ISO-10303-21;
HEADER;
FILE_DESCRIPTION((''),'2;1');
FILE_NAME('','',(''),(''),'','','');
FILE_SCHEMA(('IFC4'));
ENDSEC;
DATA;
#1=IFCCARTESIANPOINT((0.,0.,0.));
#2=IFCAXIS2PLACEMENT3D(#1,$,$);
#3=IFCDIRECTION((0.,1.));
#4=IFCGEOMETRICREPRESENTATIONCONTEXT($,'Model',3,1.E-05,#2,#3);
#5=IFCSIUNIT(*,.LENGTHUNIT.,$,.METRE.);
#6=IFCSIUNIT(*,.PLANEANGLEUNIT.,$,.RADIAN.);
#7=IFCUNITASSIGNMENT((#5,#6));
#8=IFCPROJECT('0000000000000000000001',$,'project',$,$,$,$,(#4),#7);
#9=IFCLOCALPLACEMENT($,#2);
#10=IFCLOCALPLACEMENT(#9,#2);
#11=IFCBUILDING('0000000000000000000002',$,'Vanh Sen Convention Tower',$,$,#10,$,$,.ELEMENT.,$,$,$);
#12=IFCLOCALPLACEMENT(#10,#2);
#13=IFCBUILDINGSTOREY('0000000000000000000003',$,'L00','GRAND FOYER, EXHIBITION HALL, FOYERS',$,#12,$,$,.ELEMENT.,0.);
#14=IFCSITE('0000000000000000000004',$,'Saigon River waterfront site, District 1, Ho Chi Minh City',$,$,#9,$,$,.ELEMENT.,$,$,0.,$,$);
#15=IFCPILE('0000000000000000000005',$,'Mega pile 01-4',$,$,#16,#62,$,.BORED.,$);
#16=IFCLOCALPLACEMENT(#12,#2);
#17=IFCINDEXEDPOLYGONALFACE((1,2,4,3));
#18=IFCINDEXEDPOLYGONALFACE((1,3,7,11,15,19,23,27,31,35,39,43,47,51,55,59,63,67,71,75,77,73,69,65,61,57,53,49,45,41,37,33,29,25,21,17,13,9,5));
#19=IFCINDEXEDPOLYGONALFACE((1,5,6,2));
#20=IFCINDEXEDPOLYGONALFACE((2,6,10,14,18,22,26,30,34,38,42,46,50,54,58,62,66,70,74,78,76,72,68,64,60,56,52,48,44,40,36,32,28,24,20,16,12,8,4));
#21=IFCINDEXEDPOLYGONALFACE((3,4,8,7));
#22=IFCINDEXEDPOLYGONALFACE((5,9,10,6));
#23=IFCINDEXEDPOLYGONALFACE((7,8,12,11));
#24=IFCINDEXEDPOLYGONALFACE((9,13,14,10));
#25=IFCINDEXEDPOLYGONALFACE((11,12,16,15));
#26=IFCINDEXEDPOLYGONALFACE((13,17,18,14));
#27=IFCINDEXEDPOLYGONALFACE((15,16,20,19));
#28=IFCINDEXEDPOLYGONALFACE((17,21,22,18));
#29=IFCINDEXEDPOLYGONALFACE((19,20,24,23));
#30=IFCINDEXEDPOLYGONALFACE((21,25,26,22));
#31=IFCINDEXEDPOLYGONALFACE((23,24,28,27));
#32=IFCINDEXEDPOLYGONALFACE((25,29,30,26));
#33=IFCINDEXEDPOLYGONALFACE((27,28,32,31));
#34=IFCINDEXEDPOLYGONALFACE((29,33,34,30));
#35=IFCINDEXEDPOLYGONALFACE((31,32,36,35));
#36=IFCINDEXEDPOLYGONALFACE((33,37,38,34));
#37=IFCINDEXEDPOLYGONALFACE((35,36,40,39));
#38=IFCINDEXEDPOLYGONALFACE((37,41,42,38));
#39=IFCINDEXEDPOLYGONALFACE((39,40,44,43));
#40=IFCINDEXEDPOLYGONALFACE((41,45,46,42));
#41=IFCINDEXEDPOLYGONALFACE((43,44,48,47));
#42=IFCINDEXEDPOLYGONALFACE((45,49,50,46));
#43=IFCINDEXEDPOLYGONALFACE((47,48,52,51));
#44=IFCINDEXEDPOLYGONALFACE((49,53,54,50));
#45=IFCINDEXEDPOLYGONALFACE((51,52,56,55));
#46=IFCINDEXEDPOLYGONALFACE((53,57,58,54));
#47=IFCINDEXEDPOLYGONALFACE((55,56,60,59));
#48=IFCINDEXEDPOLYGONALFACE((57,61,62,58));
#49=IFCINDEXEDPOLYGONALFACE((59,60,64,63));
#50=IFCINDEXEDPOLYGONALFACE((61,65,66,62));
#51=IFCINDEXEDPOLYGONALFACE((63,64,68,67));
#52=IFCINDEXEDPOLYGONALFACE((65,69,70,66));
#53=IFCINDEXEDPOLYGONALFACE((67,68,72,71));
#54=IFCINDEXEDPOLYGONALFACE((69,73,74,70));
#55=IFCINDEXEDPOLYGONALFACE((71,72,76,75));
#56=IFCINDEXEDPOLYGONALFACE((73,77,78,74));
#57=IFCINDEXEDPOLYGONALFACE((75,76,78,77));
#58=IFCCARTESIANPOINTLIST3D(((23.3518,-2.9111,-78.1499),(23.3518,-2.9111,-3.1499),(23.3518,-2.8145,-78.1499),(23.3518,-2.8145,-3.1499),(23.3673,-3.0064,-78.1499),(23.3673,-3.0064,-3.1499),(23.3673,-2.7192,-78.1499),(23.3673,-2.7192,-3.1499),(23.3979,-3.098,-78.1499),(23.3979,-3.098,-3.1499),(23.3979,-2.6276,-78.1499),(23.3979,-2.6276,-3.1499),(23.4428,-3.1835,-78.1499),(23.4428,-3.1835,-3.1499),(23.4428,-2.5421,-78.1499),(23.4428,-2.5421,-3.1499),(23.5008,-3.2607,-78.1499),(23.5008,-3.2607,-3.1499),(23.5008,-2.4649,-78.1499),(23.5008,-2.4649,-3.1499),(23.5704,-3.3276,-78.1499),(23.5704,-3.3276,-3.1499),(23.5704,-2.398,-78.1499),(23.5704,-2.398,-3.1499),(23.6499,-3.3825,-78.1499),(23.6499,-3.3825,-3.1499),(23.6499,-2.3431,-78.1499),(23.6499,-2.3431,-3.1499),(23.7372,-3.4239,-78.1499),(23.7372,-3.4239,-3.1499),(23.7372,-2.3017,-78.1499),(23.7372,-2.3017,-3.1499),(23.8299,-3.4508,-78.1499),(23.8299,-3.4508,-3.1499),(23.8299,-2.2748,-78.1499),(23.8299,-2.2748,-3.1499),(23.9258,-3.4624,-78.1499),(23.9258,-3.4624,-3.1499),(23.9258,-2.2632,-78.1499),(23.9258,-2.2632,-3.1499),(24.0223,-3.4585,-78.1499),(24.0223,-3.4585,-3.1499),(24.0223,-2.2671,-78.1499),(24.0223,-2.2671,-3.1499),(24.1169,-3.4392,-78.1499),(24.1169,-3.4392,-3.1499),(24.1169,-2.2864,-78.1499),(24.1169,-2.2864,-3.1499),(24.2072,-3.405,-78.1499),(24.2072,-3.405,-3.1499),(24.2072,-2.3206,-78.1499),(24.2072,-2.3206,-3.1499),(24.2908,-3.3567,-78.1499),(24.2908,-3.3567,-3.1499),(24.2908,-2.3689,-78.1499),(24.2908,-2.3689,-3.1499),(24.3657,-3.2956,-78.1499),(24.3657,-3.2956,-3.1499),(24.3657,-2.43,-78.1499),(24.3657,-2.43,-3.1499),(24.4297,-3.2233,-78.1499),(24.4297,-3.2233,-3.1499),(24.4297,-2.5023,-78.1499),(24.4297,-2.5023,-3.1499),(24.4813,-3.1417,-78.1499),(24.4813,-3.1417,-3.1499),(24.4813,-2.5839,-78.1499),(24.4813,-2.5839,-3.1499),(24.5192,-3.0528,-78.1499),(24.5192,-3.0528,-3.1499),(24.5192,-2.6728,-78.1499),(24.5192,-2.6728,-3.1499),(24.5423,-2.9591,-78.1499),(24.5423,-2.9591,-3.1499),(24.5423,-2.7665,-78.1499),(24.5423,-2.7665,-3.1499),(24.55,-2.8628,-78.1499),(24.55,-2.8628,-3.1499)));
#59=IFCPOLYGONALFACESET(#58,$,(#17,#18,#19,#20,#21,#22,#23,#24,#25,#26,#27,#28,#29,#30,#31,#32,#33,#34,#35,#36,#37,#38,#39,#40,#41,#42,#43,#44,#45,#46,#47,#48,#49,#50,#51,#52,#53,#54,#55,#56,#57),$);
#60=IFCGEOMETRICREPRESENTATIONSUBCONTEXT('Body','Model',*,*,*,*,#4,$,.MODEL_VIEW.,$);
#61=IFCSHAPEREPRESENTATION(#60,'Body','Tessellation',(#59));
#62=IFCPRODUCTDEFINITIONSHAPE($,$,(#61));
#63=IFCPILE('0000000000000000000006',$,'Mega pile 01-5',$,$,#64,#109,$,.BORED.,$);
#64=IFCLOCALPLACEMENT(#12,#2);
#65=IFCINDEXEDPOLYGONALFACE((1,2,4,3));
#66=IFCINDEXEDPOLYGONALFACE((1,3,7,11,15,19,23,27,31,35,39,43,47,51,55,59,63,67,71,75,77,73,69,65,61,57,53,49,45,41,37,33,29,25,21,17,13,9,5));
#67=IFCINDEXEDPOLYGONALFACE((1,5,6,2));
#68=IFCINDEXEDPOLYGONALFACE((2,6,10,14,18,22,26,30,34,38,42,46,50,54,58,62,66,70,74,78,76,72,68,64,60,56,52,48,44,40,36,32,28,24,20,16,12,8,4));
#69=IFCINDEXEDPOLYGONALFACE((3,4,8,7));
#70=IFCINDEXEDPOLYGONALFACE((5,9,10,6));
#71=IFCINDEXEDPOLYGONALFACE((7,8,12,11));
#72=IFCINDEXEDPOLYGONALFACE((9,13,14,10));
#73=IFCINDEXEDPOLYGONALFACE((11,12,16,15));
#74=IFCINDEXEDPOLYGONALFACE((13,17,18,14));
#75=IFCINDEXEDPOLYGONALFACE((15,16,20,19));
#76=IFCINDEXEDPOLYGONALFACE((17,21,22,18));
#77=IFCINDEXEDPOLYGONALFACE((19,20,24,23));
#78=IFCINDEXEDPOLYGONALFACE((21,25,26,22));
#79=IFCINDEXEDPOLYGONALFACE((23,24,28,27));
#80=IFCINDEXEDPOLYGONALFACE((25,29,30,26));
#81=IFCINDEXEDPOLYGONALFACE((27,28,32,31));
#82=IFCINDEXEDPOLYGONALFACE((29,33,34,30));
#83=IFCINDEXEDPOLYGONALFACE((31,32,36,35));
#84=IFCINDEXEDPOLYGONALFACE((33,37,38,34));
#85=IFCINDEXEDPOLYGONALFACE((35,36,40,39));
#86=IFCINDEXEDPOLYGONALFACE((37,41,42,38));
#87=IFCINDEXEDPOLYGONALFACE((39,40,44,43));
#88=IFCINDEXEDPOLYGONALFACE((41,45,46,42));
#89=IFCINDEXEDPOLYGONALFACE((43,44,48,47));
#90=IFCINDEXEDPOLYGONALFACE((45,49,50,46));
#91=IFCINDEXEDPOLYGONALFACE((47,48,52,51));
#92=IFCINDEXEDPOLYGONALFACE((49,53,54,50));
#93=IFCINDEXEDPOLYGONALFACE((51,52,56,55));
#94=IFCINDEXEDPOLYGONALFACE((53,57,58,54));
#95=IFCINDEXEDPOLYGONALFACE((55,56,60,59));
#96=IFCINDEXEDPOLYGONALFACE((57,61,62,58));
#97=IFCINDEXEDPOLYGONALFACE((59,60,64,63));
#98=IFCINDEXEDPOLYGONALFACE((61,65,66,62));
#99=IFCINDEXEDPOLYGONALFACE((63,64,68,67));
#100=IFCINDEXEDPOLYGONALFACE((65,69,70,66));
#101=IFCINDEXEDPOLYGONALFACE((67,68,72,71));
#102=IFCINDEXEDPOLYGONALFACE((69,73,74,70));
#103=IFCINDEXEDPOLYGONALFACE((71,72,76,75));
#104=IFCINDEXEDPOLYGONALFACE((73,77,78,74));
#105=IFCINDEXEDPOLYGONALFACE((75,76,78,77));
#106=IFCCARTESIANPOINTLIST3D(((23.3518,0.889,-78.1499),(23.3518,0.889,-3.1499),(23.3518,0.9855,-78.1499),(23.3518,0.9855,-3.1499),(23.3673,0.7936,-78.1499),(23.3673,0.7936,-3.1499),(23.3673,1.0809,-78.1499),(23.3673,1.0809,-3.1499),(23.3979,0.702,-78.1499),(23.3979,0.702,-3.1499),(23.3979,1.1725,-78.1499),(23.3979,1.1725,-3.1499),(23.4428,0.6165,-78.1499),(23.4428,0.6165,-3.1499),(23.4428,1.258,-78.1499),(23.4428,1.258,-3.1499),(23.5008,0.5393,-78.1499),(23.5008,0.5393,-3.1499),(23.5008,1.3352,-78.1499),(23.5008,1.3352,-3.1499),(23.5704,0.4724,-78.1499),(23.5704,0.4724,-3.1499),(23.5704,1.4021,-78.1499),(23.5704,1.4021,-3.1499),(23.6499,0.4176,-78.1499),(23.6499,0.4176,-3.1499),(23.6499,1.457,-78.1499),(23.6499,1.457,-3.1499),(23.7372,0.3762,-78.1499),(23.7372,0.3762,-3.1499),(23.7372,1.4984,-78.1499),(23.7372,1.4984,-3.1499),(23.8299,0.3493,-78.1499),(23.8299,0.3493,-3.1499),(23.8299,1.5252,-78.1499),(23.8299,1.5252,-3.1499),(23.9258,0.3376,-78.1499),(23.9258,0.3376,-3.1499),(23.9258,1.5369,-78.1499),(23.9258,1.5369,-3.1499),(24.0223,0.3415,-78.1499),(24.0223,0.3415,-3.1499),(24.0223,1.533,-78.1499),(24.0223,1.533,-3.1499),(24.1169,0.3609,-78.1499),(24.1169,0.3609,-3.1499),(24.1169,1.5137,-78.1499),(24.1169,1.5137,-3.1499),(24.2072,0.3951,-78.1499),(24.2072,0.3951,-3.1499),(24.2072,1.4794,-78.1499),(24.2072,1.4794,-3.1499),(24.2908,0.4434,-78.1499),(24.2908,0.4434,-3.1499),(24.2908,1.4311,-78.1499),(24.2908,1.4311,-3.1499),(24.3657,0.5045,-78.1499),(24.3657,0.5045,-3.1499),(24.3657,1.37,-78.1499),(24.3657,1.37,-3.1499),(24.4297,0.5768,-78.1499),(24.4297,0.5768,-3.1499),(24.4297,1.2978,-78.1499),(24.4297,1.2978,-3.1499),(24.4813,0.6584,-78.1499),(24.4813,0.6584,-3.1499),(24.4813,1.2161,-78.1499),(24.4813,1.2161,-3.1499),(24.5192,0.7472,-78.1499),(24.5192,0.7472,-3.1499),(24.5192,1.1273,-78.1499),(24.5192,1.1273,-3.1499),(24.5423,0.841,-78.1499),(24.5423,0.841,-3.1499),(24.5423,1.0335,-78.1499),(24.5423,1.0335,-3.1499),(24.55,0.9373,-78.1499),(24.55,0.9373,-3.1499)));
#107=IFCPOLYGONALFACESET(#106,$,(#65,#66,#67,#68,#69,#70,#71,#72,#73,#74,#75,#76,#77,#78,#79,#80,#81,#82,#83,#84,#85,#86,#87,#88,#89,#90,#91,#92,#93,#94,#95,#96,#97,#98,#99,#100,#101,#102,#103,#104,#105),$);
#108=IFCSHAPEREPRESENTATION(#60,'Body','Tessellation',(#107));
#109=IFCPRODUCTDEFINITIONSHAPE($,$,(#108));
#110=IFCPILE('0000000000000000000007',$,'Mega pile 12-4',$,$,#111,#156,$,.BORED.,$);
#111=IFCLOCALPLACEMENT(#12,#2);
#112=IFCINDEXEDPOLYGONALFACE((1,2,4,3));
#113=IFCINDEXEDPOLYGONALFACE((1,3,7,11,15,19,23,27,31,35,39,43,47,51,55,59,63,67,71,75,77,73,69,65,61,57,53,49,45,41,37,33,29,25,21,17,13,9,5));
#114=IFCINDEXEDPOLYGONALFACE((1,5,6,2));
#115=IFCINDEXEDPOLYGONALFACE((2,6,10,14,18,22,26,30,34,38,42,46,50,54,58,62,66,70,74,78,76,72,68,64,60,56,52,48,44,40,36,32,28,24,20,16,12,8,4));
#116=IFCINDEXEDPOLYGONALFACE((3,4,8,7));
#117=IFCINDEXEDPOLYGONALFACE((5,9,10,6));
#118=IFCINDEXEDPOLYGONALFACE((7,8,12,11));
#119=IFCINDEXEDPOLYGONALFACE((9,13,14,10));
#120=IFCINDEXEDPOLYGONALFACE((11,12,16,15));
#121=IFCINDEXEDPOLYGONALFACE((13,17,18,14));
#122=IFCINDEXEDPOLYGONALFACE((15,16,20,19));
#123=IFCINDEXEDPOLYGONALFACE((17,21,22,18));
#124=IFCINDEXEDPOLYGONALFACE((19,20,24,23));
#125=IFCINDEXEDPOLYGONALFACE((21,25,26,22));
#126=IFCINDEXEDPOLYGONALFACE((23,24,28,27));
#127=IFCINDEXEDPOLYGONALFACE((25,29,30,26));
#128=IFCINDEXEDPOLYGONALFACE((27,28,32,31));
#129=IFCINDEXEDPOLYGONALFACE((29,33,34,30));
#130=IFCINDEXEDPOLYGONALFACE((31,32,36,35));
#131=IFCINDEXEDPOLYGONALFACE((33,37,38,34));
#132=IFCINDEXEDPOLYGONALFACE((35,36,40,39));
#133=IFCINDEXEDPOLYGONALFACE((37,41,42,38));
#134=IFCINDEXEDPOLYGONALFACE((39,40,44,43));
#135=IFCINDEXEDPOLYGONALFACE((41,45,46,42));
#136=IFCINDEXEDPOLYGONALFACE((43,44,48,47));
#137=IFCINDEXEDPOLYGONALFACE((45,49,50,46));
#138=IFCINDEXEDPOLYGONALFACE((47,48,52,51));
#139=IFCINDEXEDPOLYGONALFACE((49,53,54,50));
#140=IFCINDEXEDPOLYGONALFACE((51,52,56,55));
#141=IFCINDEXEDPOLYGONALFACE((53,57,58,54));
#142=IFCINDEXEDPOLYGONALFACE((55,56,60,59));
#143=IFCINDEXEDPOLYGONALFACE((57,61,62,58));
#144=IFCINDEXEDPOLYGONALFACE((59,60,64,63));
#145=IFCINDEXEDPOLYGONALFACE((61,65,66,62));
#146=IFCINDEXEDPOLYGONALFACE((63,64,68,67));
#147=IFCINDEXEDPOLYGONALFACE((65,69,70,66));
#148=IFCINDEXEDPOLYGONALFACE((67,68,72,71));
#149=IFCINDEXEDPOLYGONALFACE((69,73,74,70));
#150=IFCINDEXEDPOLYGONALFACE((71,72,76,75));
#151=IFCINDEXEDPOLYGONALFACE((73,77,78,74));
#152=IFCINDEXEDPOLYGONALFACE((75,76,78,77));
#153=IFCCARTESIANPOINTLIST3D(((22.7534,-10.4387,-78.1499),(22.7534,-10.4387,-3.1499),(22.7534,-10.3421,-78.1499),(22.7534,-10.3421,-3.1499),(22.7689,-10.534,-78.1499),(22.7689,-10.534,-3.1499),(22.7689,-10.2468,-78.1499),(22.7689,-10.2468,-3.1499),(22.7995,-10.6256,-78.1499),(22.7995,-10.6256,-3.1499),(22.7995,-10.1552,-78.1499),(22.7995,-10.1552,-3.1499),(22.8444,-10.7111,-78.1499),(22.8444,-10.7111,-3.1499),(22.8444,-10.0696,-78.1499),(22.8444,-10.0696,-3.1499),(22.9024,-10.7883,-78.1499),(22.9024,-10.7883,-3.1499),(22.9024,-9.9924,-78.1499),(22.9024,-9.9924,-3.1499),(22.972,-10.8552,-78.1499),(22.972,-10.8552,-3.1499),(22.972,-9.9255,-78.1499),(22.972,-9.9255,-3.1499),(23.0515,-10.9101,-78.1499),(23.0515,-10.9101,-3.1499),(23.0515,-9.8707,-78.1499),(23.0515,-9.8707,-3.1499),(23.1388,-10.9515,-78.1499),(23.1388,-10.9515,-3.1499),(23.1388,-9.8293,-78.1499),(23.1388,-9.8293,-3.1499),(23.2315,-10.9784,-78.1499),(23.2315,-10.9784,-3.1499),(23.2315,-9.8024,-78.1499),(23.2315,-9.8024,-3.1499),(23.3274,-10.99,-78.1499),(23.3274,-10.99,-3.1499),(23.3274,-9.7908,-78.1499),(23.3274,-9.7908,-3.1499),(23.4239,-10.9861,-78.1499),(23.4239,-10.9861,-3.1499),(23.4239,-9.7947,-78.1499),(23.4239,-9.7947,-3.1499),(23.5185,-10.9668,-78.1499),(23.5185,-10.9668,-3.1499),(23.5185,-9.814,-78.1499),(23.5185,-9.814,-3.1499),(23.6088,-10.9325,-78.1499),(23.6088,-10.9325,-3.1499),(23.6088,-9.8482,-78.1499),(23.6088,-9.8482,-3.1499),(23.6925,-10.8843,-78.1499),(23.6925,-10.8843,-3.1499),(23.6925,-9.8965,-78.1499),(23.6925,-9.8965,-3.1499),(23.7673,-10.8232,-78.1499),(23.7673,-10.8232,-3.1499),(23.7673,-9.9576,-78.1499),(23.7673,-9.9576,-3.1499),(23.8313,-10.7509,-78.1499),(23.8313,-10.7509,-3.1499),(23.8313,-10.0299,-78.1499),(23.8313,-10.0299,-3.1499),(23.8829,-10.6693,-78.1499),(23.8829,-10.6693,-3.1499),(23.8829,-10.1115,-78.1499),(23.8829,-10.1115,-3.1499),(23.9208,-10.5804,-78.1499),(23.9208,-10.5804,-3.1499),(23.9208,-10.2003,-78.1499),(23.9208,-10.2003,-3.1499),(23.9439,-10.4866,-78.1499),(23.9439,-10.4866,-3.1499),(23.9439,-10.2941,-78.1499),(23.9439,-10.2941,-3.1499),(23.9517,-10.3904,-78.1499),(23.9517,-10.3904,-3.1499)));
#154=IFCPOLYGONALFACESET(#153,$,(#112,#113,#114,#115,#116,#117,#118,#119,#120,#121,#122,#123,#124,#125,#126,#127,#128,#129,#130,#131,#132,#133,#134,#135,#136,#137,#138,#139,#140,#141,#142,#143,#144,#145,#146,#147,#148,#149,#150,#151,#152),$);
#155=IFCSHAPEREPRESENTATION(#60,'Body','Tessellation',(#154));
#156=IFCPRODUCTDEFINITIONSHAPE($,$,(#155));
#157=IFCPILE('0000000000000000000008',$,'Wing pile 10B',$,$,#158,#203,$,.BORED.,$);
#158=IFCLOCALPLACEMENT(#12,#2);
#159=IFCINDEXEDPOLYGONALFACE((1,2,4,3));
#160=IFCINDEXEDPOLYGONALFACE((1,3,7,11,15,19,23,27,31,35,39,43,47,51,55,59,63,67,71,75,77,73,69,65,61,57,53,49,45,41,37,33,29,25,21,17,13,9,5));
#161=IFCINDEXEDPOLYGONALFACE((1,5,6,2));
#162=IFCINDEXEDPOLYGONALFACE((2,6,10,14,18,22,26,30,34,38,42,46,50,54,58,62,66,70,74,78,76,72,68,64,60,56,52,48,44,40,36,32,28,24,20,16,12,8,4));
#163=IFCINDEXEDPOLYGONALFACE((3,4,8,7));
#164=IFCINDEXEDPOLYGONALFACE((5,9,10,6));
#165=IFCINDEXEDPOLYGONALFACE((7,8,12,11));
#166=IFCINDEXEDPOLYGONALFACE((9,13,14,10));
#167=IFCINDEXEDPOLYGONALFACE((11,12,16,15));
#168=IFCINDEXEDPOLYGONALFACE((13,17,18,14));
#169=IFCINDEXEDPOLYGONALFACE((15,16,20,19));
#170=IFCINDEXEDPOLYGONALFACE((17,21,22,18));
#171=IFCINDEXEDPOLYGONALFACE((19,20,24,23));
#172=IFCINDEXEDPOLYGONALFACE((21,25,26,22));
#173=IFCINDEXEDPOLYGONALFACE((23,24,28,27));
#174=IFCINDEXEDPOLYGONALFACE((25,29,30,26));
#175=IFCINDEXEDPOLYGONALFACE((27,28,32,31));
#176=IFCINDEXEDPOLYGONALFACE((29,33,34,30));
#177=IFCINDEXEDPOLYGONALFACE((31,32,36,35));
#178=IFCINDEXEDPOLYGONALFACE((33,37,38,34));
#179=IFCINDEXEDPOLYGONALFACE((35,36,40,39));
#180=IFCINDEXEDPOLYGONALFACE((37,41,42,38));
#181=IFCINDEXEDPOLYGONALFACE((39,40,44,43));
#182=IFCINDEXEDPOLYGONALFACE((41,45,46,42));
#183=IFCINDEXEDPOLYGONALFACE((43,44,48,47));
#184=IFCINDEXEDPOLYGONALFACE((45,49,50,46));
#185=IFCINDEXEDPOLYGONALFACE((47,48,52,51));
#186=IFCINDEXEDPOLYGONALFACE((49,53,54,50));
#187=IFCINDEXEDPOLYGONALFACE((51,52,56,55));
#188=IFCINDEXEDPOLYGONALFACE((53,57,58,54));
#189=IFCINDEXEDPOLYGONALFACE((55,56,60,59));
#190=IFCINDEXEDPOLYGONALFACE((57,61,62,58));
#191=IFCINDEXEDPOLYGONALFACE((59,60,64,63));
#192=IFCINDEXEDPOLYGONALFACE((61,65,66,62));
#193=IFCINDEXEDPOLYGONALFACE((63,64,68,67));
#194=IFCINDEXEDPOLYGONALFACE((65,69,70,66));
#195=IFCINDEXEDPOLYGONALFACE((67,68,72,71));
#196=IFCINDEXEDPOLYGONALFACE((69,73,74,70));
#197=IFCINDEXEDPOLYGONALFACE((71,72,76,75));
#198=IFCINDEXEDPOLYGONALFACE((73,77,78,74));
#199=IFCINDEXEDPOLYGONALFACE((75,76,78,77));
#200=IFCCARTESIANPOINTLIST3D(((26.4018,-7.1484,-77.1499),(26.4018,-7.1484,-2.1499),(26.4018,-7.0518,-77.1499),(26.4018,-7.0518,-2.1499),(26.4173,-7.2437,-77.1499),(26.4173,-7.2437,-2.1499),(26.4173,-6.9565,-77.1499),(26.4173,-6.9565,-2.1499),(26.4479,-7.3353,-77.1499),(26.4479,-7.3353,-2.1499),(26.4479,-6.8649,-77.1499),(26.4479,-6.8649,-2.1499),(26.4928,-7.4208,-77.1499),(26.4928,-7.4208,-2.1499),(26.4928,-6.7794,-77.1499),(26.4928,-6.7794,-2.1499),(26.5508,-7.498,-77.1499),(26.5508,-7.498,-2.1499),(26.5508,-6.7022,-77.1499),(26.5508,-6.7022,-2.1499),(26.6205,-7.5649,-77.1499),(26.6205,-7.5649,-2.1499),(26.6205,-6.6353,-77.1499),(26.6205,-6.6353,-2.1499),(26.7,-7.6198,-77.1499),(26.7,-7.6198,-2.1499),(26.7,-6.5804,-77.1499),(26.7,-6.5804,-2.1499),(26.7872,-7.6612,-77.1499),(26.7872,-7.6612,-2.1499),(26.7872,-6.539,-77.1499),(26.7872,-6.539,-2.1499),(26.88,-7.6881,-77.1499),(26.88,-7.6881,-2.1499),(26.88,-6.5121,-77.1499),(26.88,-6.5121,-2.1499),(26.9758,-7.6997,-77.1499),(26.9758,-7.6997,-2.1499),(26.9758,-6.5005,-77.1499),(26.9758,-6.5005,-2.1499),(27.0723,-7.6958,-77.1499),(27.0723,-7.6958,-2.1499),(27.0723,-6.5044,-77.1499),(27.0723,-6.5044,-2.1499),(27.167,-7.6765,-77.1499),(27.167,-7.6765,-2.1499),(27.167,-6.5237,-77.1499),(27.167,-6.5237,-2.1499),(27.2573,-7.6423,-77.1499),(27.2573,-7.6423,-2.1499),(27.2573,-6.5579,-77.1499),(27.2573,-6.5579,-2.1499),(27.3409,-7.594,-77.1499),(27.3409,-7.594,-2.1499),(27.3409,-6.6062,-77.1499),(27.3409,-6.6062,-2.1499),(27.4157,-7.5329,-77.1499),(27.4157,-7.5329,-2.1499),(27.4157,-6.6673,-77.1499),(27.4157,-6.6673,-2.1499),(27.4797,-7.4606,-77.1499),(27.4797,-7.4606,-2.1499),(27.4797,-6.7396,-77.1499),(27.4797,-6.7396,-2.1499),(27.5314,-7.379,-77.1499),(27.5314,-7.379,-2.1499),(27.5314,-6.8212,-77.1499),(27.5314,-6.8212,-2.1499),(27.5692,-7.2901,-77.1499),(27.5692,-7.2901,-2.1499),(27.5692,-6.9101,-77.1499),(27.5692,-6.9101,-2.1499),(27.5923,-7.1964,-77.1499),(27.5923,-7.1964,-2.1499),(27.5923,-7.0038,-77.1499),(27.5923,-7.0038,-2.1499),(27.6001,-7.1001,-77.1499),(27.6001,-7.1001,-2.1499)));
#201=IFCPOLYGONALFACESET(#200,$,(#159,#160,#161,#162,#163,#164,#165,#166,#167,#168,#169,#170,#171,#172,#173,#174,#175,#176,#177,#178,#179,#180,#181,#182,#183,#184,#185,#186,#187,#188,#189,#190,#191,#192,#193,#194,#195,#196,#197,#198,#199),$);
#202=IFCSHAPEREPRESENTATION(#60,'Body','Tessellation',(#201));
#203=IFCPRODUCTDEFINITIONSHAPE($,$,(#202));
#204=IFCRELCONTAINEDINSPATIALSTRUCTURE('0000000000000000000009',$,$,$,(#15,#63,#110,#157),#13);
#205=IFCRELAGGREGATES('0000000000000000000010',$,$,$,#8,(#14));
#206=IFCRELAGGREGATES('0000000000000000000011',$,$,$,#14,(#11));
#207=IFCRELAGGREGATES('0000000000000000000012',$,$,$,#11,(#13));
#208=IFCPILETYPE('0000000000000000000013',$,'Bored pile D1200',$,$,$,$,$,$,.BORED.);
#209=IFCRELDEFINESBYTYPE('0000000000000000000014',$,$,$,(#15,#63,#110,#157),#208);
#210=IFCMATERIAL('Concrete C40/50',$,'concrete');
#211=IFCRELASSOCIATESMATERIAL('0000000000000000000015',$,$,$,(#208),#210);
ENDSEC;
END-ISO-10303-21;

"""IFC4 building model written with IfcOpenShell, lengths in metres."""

from ifc_helpers import new_model, si_unit, direction, frame, origin, origin_2d, place, context, subcontext, project, spatial, circle, extrude, material, material_profile, profile_set, type_object, element, save


model = new_model("IFC4")

# Units and contexts
model_context = context("Model", 3, precision=1e-05, world=origin(), true_north=direction((0.0, 1.0)))
body_context = subcontext(model_context, "Body", "Model", "MODEL_VIEW")
ifc_project = project(units=[si_unit("LENGTHUNIT", "METRE"), si_unit("PLANEANGLEUNIT", "RADIAN")], contexts=[model_context])

# Site, building, storey
site_placement = place(None, origin())
site = spatial("IfcSite", under=ifc_project, at=site_placement, Name="Saigon River waterfront site, District 1, Ho Chi Minh City", CompositionType="ELEMENT", RefElevation=0.0)
building_placement = place(site_placement, origin())
building = spatial("IfcBuilding", under=site, at=building_placement, Name="Vanh Sen Convention Tower", CompositionType="ELEMENT")
storey_placement = place(building_placement, origin())
storey = spatial("IfcBuildingStorey", under=building, at=storey_placement, Name="L00", Description="GRAND FOYER, EXHIBITION HALL, FOYERS", CompositionType="ELEMENT", Elevation=0.0)

# Piles
ifc_material_1 = material(Name="Concrete C40/50", Category="concrete")
ifc_material_profile_1 = material_profile(ifc_material_1, circle(Radius=0.6001, at=origin_2d()), Name="Bored pile D1200")
ifc_profile_set_1 = profile_set([ifc_material_profile_1], Name="Concrete C40/50")
pile_type = type_object("IfcPileType", Name="Bored pile D1200", PredefinedType="BORED", material=ifc_profile_set_1)
for number, where, z_axis, x_axis, name in (
    (1, (23.95, -2.8628, -3.1499), (0.0, 0.0, -1.0), (1.0, 0.0, 0.0), "Mega pile 01-4"),
    (2, (23.95, 0.9373, -3.1499), (0.0, 0.0, -1.0), (1.0, 0.0, 0.0), "Mega pile 01-5"),
    (3, (23.3516, -10.3904, -3.1499), (0.0, 0.0, -1.0), (1.0, 0.0, 0.0), "Mega pile 12-4"),
    (4, (27.0, -7.1001, -2.1499), (0.0, 0.0, -1.0), (1.0, 0.0, 0.0), "Wing pile 10B"),
):
    element("IfcPile", number, at=place(storey_placement, frame(where, z_axis=z_axis, x_axis=x_axis)), inside=storey, type_object=pile_type, Name=name, PredefinedType="BORED", context=body_context, shape_type="SweptSolid", body=[
        extrude(circle(Radius=0.6001, at=origin_2d()), origin(), (0.0, 0.0, 1.0), 75.0),
    ])

save(model, "model.ifc")
